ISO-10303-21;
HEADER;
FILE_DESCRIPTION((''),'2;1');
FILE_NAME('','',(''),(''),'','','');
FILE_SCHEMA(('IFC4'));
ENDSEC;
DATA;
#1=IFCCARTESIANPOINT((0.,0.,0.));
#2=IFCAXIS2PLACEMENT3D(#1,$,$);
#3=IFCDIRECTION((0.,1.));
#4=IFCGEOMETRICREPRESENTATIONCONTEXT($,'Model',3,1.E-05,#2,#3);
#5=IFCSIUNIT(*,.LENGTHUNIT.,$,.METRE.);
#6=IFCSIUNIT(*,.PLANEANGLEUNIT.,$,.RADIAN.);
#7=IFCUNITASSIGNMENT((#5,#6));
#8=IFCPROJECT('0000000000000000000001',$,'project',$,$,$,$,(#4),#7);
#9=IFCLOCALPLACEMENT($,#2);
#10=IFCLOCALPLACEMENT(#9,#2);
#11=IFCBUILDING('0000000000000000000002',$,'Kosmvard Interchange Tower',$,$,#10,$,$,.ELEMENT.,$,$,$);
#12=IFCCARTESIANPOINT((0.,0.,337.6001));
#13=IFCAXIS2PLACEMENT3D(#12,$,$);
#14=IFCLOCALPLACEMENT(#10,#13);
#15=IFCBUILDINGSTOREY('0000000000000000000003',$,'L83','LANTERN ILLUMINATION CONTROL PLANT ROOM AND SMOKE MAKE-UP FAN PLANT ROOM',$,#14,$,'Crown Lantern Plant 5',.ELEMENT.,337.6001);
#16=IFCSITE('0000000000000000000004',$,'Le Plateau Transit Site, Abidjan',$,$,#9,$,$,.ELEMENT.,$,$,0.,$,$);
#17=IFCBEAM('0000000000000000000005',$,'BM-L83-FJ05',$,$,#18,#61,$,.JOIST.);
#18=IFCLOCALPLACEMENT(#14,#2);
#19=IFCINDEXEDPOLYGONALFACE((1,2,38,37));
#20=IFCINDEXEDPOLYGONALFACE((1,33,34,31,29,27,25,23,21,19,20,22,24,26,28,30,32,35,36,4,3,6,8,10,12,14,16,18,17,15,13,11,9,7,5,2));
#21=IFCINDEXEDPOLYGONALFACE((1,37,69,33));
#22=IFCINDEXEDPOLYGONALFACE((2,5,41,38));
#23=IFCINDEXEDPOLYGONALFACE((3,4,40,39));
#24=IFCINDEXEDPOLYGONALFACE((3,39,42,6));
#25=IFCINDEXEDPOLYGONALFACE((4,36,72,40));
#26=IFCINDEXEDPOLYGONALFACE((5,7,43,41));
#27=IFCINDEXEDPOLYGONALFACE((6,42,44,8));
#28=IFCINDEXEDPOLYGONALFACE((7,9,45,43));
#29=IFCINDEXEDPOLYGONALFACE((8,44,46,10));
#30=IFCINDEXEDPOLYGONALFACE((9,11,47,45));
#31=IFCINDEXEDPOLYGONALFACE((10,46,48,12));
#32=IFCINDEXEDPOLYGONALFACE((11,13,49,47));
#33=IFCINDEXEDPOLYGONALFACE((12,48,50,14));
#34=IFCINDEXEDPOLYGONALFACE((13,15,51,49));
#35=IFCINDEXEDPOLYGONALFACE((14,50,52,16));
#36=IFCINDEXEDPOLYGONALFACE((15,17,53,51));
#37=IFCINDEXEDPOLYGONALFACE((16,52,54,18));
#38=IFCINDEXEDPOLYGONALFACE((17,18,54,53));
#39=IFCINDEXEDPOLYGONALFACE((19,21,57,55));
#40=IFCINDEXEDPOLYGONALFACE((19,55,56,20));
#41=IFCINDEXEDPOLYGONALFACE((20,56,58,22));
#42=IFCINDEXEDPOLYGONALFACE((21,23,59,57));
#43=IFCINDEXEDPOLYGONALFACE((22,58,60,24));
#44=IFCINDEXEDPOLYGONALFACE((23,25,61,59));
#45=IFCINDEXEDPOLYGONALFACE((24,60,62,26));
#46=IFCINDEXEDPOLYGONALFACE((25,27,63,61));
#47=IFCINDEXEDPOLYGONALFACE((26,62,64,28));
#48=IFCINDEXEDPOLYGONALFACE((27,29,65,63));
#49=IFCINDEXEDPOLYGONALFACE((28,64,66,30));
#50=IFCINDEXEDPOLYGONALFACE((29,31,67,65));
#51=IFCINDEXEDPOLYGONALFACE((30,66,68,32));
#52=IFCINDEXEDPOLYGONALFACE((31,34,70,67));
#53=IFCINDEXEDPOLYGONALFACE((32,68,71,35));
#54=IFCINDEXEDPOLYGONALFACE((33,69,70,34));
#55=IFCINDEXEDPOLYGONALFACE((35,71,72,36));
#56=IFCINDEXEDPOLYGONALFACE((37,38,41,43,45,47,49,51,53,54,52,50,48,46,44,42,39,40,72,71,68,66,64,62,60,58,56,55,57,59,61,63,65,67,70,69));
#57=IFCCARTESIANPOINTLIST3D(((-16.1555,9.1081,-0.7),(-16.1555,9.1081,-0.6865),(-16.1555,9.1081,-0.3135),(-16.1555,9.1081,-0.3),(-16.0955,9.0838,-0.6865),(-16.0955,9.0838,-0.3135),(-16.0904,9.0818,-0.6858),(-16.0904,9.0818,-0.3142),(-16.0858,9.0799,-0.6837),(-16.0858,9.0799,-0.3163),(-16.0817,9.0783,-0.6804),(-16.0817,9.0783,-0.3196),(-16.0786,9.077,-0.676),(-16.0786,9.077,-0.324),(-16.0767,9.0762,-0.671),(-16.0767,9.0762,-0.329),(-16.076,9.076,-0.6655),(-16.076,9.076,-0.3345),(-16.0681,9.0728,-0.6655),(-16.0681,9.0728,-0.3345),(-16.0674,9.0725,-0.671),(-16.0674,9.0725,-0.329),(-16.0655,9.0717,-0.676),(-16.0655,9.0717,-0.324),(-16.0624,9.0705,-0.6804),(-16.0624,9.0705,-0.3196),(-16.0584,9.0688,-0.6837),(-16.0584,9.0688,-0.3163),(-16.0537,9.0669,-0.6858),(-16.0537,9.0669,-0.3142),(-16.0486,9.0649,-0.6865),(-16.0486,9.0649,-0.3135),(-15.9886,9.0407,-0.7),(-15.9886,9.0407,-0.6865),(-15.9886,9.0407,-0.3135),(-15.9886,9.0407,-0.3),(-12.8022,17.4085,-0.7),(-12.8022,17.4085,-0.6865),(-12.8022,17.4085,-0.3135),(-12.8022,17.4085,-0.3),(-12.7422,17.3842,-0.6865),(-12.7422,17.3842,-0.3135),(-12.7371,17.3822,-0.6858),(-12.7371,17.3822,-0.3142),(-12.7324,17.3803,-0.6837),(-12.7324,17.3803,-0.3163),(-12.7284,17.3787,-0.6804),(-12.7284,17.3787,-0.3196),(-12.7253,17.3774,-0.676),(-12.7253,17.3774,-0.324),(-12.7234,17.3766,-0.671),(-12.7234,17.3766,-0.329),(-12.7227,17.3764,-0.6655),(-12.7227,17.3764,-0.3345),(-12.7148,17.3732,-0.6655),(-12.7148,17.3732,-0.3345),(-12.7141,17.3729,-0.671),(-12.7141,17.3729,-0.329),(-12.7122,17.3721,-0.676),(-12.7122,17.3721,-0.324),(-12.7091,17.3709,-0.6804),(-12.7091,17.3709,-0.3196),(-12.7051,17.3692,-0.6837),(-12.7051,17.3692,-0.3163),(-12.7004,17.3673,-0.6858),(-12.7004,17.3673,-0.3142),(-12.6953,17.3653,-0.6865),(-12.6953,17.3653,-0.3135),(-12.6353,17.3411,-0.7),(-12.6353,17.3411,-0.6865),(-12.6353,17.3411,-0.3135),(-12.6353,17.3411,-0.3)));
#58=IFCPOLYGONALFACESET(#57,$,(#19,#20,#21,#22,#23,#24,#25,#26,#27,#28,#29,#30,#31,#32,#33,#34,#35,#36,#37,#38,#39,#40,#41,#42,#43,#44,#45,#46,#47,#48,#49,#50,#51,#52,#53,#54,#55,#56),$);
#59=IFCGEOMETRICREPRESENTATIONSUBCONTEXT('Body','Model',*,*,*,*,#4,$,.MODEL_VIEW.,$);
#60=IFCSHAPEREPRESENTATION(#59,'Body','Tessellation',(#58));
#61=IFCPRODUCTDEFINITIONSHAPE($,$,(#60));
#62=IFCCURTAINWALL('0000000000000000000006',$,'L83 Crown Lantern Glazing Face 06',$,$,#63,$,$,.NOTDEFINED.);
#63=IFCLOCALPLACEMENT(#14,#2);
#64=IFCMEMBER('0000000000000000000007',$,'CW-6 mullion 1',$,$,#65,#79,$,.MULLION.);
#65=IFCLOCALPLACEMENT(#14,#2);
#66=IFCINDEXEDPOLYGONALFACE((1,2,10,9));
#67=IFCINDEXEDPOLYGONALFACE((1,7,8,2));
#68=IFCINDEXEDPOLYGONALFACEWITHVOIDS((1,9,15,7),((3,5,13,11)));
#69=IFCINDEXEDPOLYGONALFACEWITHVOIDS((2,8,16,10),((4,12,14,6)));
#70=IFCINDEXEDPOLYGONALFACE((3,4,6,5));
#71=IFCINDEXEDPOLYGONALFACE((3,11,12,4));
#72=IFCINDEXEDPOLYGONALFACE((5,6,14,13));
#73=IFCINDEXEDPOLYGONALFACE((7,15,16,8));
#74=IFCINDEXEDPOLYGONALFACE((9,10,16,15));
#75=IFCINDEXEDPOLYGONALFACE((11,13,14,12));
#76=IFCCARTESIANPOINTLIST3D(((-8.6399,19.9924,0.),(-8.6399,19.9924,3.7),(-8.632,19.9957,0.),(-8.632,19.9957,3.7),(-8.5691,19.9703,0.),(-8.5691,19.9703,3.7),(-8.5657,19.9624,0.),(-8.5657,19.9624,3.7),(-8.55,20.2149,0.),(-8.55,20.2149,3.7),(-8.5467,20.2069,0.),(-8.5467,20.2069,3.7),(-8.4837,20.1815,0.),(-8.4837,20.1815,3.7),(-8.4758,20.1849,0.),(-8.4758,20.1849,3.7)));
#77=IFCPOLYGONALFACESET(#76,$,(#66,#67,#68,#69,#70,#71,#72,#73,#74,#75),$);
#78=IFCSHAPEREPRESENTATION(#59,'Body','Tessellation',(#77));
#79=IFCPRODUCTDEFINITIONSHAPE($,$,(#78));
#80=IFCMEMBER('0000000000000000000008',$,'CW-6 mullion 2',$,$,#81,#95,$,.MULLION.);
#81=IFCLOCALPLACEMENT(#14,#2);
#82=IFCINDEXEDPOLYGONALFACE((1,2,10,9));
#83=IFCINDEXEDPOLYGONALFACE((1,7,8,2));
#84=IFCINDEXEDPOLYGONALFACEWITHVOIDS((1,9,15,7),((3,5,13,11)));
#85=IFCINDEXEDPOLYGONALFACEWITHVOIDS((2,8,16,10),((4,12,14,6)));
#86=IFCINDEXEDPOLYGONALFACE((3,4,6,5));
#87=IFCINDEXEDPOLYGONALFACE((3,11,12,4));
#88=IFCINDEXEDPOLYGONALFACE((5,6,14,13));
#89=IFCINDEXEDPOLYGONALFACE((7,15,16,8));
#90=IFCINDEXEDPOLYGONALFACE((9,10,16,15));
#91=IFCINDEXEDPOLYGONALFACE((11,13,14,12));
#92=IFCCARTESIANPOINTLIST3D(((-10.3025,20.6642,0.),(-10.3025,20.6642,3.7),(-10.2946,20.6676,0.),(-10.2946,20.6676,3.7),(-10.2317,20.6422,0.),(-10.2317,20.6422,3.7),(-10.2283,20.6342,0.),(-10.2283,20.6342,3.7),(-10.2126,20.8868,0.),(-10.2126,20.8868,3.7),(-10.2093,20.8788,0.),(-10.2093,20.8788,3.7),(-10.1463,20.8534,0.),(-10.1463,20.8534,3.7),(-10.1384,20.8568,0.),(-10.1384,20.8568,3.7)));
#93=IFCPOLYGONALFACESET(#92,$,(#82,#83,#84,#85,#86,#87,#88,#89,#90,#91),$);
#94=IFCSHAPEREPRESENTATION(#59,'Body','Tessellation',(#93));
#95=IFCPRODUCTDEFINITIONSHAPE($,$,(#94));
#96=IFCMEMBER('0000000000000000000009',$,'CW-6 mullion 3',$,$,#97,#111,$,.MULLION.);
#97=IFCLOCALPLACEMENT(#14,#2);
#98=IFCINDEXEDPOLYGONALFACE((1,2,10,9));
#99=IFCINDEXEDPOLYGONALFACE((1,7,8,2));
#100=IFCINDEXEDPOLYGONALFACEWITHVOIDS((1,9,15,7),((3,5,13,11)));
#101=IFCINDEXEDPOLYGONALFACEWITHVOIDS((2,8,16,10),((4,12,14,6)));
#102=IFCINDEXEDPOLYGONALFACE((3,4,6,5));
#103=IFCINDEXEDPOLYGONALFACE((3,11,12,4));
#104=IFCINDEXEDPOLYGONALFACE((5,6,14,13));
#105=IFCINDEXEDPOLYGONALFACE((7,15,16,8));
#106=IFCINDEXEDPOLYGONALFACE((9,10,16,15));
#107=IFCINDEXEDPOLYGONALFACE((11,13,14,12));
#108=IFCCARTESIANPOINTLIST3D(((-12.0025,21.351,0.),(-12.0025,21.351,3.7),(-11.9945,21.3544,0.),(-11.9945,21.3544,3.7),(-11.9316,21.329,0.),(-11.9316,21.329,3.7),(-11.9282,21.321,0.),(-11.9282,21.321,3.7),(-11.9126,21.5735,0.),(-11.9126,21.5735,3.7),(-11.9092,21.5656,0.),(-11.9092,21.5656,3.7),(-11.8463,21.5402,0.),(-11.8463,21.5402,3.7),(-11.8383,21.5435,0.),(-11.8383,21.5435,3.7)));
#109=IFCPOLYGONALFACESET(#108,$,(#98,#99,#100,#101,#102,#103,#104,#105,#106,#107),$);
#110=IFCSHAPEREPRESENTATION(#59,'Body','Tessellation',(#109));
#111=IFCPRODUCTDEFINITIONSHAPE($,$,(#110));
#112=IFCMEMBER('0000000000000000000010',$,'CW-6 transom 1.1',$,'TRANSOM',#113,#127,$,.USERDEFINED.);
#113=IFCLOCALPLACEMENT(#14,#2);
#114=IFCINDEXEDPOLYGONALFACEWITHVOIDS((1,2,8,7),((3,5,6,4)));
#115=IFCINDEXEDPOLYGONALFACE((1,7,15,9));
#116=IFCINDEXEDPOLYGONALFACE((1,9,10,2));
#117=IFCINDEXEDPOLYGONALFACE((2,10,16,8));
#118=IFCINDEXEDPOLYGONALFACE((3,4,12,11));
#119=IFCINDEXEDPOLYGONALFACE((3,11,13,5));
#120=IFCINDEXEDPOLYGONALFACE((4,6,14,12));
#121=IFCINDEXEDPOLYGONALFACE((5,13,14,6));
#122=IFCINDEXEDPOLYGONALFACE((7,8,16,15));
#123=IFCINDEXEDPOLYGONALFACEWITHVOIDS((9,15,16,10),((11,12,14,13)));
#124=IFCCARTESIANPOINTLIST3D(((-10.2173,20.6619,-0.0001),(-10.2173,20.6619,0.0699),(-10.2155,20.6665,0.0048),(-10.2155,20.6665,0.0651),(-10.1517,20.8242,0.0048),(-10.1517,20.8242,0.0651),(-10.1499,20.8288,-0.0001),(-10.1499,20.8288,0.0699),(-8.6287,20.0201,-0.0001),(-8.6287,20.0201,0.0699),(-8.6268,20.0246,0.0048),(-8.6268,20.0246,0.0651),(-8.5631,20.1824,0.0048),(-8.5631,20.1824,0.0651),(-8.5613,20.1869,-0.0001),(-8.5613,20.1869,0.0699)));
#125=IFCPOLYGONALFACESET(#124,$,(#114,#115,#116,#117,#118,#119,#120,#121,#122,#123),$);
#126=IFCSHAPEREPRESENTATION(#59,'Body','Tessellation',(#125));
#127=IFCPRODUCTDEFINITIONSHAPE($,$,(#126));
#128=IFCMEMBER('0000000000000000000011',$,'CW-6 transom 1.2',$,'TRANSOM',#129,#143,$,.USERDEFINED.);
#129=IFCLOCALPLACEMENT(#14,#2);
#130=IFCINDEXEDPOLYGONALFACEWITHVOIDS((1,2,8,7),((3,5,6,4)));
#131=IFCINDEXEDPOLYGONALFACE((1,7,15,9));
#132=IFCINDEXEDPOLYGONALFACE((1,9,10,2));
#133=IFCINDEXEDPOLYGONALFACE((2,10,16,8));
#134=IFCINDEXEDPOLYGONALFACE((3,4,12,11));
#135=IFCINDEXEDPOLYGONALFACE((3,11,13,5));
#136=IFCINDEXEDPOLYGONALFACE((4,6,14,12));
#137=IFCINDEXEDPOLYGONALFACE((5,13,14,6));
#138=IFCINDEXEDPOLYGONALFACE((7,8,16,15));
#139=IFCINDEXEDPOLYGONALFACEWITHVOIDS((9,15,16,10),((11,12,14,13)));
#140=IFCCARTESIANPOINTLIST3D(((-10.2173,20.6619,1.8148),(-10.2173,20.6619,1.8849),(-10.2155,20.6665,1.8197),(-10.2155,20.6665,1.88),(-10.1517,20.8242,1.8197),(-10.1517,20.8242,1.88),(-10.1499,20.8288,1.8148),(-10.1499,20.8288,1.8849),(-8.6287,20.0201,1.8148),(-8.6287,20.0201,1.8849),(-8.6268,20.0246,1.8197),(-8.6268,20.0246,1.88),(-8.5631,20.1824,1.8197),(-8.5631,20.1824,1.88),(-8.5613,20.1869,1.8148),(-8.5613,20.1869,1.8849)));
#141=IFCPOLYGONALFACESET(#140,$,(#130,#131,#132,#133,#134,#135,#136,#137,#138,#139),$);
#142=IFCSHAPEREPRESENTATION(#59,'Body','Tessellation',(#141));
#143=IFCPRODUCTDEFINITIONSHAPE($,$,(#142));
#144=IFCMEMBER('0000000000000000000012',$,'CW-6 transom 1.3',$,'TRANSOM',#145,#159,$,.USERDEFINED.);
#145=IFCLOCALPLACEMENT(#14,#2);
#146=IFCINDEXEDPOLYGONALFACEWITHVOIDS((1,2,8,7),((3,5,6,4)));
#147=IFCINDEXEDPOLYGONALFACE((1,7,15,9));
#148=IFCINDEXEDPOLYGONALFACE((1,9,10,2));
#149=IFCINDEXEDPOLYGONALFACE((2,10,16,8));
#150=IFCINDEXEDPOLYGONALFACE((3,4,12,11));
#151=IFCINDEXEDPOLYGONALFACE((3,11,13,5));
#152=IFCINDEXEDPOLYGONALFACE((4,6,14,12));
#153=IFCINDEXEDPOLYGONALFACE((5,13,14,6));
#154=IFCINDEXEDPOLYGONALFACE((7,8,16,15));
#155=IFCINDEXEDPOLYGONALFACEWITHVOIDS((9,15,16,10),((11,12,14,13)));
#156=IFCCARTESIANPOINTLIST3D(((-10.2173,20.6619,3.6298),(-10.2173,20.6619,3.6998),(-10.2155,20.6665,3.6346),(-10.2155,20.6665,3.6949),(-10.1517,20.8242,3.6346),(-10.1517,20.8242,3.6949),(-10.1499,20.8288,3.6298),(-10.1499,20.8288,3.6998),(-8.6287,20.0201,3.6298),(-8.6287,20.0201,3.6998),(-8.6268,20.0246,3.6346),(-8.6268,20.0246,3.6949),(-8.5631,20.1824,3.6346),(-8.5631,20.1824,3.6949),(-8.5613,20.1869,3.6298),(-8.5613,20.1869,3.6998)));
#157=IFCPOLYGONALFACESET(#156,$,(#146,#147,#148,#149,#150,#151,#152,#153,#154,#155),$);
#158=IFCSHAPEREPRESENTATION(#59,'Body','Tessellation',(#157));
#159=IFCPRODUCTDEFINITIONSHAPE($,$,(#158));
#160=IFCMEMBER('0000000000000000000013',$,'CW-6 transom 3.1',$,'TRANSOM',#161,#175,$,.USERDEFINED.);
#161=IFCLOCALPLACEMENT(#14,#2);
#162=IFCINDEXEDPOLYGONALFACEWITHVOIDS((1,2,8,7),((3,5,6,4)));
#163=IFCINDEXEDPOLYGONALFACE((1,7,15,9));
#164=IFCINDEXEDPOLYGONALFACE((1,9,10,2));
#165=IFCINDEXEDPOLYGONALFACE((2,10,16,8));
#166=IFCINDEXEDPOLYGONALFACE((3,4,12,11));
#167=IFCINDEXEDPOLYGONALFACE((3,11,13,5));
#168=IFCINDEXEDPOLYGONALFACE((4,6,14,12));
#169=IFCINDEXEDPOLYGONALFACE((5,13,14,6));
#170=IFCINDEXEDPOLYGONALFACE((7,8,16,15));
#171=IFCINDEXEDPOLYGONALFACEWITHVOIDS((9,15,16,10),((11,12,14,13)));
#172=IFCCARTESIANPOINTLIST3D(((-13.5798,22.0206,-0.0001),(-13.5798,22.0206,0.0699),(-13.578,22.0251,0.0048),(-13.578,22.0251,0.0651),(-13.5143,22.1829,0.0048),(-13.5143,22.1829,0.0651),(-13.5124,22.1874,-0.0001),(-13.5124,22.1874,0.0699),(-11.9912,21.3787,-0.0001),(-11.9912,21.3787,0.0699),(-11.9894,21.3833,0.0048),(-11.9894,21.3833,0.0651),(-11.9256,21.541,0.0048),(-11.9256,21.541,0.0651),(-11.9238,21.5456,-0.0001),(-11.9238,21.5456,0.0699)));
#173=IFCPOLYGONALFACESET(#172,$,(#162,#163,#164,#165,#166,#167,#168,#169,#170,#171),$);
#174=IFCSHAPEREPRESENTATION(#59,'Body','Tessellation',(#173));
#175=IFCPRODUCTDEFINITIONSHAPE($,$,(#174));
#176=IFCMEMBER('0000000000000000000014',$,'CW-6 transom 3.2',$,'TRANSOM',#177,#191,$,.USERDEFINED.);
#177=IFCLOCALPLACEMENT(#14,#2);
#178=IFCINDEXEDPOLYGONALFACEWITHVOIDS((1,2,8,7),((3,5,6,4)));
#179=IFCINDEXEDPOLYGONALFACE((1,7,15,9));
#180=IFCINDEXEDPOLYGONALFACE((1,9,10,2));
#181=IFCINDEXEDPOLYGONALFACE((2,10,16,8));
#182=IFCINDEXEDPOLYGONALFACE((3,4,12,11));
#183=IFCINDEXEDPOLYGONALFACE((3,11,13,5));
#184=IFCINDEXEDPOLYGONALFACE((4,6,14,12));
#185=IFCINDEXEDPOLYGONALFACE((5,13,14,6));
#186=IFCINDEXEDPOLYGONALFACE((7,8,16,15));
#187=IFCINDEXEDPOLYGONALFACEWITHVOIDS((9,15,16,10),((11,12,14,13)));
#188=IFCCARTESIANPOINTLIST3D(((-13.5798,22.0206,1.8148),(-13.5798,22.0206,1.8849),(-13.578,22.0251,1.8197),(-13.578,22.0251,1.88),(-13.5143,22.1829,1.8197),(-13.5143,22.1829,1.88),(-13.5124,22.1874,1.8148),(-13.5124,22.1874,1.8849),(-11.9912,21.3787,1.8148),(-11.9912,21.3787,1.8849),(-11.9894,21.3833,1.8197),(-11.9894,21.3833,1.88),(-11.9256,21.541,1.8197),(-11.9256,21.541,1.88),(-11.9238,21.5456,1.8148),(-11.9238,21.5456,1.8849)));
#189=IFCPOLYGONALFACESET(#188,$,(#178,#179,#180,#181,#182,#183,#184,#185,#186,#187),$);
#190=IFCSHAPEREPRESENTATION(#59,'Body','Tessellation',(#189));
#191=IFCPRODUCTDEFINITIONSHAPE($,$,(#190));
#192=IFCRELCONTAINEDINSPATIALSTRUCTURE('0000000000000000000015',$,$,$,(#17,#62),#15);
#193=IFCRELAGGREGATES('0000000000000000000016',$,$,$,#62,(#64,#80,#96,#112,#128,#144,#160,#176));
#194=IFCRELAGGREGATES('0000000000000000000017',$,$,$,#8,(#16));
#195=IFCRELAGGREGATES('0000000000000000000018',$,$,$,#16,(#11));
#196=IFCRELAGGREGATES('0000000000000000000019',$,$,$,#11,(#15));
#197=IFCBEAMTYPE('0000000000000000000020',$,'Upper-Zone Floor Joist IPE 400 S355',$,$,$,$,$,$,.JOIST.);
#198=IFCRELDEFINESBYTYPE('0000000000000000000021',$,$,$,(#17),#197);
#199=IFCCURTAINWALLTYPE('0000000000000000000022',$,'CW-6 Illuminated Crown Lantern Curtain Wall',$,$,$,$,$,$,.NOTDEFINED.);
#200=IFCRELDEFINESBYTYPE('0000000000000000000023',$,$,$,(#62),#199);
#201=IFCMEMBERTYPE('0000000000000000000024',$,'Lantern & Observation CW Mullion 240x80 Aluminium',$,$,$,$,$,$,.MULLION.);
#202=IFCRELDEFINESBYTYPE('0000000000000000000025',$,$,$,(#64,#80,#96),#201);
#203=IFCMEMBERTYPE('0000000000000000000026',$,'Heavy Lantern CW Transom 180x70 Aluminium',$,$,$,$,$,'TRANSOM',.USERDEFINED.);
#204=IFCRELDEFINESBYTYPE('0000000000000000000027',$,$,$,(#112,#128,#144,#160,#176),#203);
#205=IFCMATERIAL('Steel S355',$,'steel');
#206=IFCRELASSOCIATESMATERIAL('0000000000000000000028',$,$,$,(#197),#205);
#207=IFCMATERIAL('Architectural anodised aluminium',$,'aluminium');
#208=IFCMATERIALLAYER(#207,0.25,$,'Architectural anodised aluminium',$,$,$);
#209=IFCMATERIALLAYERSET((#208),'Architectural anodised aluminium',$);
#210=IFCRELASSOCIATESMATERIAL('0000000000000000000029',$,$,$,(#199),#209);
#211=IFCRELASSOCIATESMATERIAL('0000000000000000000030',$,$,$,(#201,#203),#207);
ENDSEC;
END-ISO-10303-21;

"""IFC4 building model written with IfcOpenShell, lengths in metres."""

from ifc_helpers import new_model, si_unit, direction, frame, origin, origin_2d, place, context, subcontext, project, spatial, hollow_rectangle, i_section, extrude, source, transform, mapped, material, layer, layer_set, material_profile, profile_set, type_object, element, aggregate, save


model = new_model("IFC4")

# Units and contexts
model_context = context("Model", 3, precision=1e-05, world=origin(), true_north=direction((0.0, 1.0)))
body_context = subcontext(model_context, "Body", "Model", "MODEL_VIEW")
ifc_project = project(units=[si_unit("LENGTHUNIT", "METRE"), si_unit("PLANEANGLEUNIT", "RADIAN")], contexts=[model_context])

# Site, building, storey
site_placement = place(None, origin())
site = spatial("IfcSite", under=ifc_project, at=site_placement, Name="Le Plateau Transit Site, Abidjan", CompositionType="ELEMENT", RefElevation=0.0)
building_placement = place(site_placement, origin())
building = spatial("IfcBuilding", under=site, at=building_placement, Name="Kosmvard Interchange Tower", CompositionType="ELEMENT")
storey_placement = place(building_placement, frame((0.0, 0.0, 337.6001)))
storey = spatial("IfcBuildingStorey", under=building, at=storey_placement, Name="L83", Description="LANTERN ILLUMINATION CONTROL PLANT ROOM AND SMOKE MAKE-UP FAN PLANT ROOM", LongName="Crown Lantern Plant 5", CompositionType="ELEMENT", Elevation=337.6001)

# Shared definitions
ifc_material_1 = material(Name="Steel S355", Category="steel")

# Beam
ifc_material_profile_1 = material_profile(ifc_material_1, i_section(OverallWidth=0.1799, OverallDepth=0.3999, WebThickness=0.0085, FlangeThickness=0.0134, FilletRadius=0.021, at=origin_2d()), Name="IPE 400")
ifc_profile_set_1 = profile_set([ifc_material_profile_1], Name="Steel S355")
beam_type_1 = type_object("IfcBeamType", Name="Upper-Zone Floor Joist IPE 400 S355", PredefinedType="JOIST", material=ifc_profile_set_1)
shared_shape_1 = source(origin(), body_context, "Body", "SweptSolid", [
    extrude(i_section(OverallWidth=0.1799, OverallDepth=0.3999, WebThickness=0.0085, FlangeThickness=0.0134, FilletRadius=0.021, at=origin_2d()), origin(), (0.0, 0.0, 1.0), 8.9521),
])
beam_1_placement = place(storey_placement, frame((-12.7188, 17.3748, -0.5), z_axis=(-0.374581, -0.927194, 0.0), x_axis=(0.927194, -0.374581, 0.0)))
element("IfcBeam", 1, at=beam_1_placement, inside=storey, type_object=beam_type_1, Name="BM-L83-FJ05", PredefinedType="JOIST", context=body_context, shape_type="MappedRepresentation", body=[
    mapped(shared_shape_1, transform((0.0, 0.0, 0.0), scale=1.0)),
])

# Curtain wall, members
ifc_material_2 = material(Name="Architectural anodised aluminium", Category="aluminium")
ifc_layer_1 = layer(ifc_material_2, 0.25, Name="Architectural anodised aluminium")
ifc_layer_set_1 = layer_set([ifc_layer_1], Name="Architectural anodised aluminium")
curtain_wall_type = type_object("IfcCurtainWallType", Name="CW-6 Illuminated Crown Lantern Curtain Wall", PredefinedType="NOTDEFINED", material=ifc_layer_set_1)
curtain_wall_placement = place(storey_placement, origin())
curtain_wall = element("IfcCurtainWall", 2, at=curtain_wall_placement, inside=storey, type_object=curtain_wall_type, Name="L83 Crown Lantern Glazing Face 06", PredefinedType="NOTDEFINED")
ifc_material_profile_2 = material_profile(ifc_material_2, hollow_rectangle(XDim=0.24, YDim=0.0801, WallThickness=0.0061, at=origin_2d()), Name="CWM 240x80x6")
ifc_profile_set_2 = profile_set([ifc_material_profile_2], Name="Architectural anodised aluminium")
member_type_1 = type_object("IfcMemberType", Name="Lantern & Observation CW Mullion 240x80 Aluminium", PredefinedType="MULLION", material=ifc_profile_set_2)
shared_shape_2 = source(origin(), body_context, "Body", "SweptSolid", [
    extrude(hollow_rectangle(XDim=0.24, YDim=0.0801, WallThickness=0.0061, at=origin_2d()), origin(), (0.0, 0.0, 1.0), 3.7),
])
member_1_placement = place(storey_placement, frame((-8.5579, 20.0886, 0.0), z_axis=(0.0, 0.0, 1.0), x_axis=(-0.374607, -0.927184, 0.0)))
member_1 = element("IfcMember", 3, at=member_1_placement, type_object=member_type_1, Name="CW-6 mullion 1", PredefinedType="MULLION", context=body_context, shape_type="MappedRepresentation", body=[
    mapped(shared_shape_2, transform((0.0, 0.0, 0.0), scale=1.0)),
])
member_2_placement = place(storey_placement, frame((-10.2205, 20.7605, 0.0), z_axis=(0.0, 0.0, 1.0), x_axis=(-0.374607, -0.927184, 0.0)))
member_2 = element("IfcMember", 4, at=member_2_placement, type_object=member_type_1, Name="CW-6 mullion 2", PredefinedType="MULLION", context=body_context, shape_type="MappedRepresentation", body=[
    mapped(shared_shape_2, transform((0.0, 0.0, 0.0), scale=1.0)),
])
member_3_placement = place(storey_placement, frame((-11.9204, 21.4473, 0.0), z_axis=(0.0, 0.0, 1.0), x_axis=(-0.374607, -0.927184, 0.0)))
member_3 = element("IfcMember", 5, at=member_3_placement, type_object=member_type_1, Name="CW-6 mullion 3", PredefinedType="MULLION", context=body_context, shape_type="MappedRepresentation", body=[
    mapped(shared_shape_2, transform((0.0, 0.0, 0.0), scale=1.0)),
])
ifc_material_profile_3 = material_profile(ifc_material_2, hollow_rectangle(XDim=0.1799, YDim=0.0701, WallThickness=0.0049, at=origin_2d()), Name="CWT 180x70x5")
ifc_profile_set_3 = profile_set([ifc_material_profile_3], Name="Architectural anodised aluminium")
member_type_2 = type_object("IfcMemberType", Name="Heavy Lantern CW Transom 180x70 Aluminium", ElementType="TRANSOM", PredefinedType="USERDEFINED", material=ifc_profile_set_3)
shared_shape_3 = source(origin(), body_context, "Body", "SweptSolid", [
    extrude(hollow_rectangle(XDim=0.1799, YDim=0.0701, WallThickness=0.0049, at=origin_2d()), origin(), (0.0, 0.0, 1.0), 1.7134),
])
member_4_placement = place(storey_placement, frame((-8.595, 20.1035, 0.0349), z_axis=(-0.927184, 0.374607, 0.0), x_axis=(-0.374607, -0.927184, 0.0)))
member_4 = element("IfcMember", 6, at=member_4_placement, type_object=member_type_2, Name="CW-6 transom 1.1", ObjectType="TRANSOM", PredefinedType="USERDEFINED", context=body_context, shape_type="MappedRepresentation", body=[
    mapped(shared_shape_3, transform((0.0, 0.0, 0.0), scale=1.0)),
])
member_5_placement = place(storey_placement, frame((-8.595, 20.1035, 1.8499), z_axis=(-0.927184, 0.374607, 0.0), x_axis=(-0.374607, -0.927184, 0.0)))
member_5 = element("IfcMember", 7, at=member_5_placement, type_object=member_type_2, Name="CW-6 transom 1.2", ObjectType="TRANSOM", PredefinedType="USERDEFINED", context=body_context, shape_type="MappedRepresentation", body=[
    mapped(shared_shape_3, transform((0.0, 0.0, 0.0), scale=1.0)),
])
member_6_placement = place(storey_placement, frame((-8.595, 20.1035, 3.6648), z_axis=(-0.927184, 0.374607, 0.0), x_axis=(-0.374607, -0.927184, 0.0)))
member_6 = element("IfcMember", 8, at=member_6_placement, type_object=member_type_2, Name="CW-6 transom 1.3", ObjectType="TRANSOM", PredefinedType="USERDEFINED", context=body_context, shape_type="MappedRepresentation", body=[
    mapped(shared_shape_3, transform((0.0, 0.0, 0.0), scale=1.0)),
])
member_7_placement = place(storey_placement, frame((-11.9575, 21.4622, 0.0349), z_axis=(-0.927184, 0.374607, 0.0), x_axis=(-0.374607, -0.927184, 0.0)))
member_7 = element("IfcMember", 9, at=member_7_placement, type_object=member_type_2, Name="CW-6 transom 3.1", ObjectType="TRANSOM", PredefinedType="USERDEFINED", context=body_context, shape_type="MappedRepresentation", body=[
    mapped(shared_shape_3, transform((0.0, 0.0, 0.0), scale=1.0)),
])
member_8_placement = place(storey_placement, frame((-11.9575, 21.4622, 1.8499), z_axis=(-0.927184, 0.374607, 0.0), x_axis=(-0.374607, -0.927184, 0.0)))
member_8 = element("IfcMember", 10, at=member_8_placement, type_object=member_type_2, Name="CW-6 transom 3.2", ObjectType="TRANSOM", PredefinedType="USERDEFINED", context=body_context, shape_type="MappedRepresentation", body=[
    mapped(shared_shape_3, transform((0.0, 0.0, 0.0), scale=1.0)),
])

aggregate(curtain_wall, [member_1, member_2, member_3, member_4, member_5, member_6, member_7, member_8])

save(model, "model.ifc")
